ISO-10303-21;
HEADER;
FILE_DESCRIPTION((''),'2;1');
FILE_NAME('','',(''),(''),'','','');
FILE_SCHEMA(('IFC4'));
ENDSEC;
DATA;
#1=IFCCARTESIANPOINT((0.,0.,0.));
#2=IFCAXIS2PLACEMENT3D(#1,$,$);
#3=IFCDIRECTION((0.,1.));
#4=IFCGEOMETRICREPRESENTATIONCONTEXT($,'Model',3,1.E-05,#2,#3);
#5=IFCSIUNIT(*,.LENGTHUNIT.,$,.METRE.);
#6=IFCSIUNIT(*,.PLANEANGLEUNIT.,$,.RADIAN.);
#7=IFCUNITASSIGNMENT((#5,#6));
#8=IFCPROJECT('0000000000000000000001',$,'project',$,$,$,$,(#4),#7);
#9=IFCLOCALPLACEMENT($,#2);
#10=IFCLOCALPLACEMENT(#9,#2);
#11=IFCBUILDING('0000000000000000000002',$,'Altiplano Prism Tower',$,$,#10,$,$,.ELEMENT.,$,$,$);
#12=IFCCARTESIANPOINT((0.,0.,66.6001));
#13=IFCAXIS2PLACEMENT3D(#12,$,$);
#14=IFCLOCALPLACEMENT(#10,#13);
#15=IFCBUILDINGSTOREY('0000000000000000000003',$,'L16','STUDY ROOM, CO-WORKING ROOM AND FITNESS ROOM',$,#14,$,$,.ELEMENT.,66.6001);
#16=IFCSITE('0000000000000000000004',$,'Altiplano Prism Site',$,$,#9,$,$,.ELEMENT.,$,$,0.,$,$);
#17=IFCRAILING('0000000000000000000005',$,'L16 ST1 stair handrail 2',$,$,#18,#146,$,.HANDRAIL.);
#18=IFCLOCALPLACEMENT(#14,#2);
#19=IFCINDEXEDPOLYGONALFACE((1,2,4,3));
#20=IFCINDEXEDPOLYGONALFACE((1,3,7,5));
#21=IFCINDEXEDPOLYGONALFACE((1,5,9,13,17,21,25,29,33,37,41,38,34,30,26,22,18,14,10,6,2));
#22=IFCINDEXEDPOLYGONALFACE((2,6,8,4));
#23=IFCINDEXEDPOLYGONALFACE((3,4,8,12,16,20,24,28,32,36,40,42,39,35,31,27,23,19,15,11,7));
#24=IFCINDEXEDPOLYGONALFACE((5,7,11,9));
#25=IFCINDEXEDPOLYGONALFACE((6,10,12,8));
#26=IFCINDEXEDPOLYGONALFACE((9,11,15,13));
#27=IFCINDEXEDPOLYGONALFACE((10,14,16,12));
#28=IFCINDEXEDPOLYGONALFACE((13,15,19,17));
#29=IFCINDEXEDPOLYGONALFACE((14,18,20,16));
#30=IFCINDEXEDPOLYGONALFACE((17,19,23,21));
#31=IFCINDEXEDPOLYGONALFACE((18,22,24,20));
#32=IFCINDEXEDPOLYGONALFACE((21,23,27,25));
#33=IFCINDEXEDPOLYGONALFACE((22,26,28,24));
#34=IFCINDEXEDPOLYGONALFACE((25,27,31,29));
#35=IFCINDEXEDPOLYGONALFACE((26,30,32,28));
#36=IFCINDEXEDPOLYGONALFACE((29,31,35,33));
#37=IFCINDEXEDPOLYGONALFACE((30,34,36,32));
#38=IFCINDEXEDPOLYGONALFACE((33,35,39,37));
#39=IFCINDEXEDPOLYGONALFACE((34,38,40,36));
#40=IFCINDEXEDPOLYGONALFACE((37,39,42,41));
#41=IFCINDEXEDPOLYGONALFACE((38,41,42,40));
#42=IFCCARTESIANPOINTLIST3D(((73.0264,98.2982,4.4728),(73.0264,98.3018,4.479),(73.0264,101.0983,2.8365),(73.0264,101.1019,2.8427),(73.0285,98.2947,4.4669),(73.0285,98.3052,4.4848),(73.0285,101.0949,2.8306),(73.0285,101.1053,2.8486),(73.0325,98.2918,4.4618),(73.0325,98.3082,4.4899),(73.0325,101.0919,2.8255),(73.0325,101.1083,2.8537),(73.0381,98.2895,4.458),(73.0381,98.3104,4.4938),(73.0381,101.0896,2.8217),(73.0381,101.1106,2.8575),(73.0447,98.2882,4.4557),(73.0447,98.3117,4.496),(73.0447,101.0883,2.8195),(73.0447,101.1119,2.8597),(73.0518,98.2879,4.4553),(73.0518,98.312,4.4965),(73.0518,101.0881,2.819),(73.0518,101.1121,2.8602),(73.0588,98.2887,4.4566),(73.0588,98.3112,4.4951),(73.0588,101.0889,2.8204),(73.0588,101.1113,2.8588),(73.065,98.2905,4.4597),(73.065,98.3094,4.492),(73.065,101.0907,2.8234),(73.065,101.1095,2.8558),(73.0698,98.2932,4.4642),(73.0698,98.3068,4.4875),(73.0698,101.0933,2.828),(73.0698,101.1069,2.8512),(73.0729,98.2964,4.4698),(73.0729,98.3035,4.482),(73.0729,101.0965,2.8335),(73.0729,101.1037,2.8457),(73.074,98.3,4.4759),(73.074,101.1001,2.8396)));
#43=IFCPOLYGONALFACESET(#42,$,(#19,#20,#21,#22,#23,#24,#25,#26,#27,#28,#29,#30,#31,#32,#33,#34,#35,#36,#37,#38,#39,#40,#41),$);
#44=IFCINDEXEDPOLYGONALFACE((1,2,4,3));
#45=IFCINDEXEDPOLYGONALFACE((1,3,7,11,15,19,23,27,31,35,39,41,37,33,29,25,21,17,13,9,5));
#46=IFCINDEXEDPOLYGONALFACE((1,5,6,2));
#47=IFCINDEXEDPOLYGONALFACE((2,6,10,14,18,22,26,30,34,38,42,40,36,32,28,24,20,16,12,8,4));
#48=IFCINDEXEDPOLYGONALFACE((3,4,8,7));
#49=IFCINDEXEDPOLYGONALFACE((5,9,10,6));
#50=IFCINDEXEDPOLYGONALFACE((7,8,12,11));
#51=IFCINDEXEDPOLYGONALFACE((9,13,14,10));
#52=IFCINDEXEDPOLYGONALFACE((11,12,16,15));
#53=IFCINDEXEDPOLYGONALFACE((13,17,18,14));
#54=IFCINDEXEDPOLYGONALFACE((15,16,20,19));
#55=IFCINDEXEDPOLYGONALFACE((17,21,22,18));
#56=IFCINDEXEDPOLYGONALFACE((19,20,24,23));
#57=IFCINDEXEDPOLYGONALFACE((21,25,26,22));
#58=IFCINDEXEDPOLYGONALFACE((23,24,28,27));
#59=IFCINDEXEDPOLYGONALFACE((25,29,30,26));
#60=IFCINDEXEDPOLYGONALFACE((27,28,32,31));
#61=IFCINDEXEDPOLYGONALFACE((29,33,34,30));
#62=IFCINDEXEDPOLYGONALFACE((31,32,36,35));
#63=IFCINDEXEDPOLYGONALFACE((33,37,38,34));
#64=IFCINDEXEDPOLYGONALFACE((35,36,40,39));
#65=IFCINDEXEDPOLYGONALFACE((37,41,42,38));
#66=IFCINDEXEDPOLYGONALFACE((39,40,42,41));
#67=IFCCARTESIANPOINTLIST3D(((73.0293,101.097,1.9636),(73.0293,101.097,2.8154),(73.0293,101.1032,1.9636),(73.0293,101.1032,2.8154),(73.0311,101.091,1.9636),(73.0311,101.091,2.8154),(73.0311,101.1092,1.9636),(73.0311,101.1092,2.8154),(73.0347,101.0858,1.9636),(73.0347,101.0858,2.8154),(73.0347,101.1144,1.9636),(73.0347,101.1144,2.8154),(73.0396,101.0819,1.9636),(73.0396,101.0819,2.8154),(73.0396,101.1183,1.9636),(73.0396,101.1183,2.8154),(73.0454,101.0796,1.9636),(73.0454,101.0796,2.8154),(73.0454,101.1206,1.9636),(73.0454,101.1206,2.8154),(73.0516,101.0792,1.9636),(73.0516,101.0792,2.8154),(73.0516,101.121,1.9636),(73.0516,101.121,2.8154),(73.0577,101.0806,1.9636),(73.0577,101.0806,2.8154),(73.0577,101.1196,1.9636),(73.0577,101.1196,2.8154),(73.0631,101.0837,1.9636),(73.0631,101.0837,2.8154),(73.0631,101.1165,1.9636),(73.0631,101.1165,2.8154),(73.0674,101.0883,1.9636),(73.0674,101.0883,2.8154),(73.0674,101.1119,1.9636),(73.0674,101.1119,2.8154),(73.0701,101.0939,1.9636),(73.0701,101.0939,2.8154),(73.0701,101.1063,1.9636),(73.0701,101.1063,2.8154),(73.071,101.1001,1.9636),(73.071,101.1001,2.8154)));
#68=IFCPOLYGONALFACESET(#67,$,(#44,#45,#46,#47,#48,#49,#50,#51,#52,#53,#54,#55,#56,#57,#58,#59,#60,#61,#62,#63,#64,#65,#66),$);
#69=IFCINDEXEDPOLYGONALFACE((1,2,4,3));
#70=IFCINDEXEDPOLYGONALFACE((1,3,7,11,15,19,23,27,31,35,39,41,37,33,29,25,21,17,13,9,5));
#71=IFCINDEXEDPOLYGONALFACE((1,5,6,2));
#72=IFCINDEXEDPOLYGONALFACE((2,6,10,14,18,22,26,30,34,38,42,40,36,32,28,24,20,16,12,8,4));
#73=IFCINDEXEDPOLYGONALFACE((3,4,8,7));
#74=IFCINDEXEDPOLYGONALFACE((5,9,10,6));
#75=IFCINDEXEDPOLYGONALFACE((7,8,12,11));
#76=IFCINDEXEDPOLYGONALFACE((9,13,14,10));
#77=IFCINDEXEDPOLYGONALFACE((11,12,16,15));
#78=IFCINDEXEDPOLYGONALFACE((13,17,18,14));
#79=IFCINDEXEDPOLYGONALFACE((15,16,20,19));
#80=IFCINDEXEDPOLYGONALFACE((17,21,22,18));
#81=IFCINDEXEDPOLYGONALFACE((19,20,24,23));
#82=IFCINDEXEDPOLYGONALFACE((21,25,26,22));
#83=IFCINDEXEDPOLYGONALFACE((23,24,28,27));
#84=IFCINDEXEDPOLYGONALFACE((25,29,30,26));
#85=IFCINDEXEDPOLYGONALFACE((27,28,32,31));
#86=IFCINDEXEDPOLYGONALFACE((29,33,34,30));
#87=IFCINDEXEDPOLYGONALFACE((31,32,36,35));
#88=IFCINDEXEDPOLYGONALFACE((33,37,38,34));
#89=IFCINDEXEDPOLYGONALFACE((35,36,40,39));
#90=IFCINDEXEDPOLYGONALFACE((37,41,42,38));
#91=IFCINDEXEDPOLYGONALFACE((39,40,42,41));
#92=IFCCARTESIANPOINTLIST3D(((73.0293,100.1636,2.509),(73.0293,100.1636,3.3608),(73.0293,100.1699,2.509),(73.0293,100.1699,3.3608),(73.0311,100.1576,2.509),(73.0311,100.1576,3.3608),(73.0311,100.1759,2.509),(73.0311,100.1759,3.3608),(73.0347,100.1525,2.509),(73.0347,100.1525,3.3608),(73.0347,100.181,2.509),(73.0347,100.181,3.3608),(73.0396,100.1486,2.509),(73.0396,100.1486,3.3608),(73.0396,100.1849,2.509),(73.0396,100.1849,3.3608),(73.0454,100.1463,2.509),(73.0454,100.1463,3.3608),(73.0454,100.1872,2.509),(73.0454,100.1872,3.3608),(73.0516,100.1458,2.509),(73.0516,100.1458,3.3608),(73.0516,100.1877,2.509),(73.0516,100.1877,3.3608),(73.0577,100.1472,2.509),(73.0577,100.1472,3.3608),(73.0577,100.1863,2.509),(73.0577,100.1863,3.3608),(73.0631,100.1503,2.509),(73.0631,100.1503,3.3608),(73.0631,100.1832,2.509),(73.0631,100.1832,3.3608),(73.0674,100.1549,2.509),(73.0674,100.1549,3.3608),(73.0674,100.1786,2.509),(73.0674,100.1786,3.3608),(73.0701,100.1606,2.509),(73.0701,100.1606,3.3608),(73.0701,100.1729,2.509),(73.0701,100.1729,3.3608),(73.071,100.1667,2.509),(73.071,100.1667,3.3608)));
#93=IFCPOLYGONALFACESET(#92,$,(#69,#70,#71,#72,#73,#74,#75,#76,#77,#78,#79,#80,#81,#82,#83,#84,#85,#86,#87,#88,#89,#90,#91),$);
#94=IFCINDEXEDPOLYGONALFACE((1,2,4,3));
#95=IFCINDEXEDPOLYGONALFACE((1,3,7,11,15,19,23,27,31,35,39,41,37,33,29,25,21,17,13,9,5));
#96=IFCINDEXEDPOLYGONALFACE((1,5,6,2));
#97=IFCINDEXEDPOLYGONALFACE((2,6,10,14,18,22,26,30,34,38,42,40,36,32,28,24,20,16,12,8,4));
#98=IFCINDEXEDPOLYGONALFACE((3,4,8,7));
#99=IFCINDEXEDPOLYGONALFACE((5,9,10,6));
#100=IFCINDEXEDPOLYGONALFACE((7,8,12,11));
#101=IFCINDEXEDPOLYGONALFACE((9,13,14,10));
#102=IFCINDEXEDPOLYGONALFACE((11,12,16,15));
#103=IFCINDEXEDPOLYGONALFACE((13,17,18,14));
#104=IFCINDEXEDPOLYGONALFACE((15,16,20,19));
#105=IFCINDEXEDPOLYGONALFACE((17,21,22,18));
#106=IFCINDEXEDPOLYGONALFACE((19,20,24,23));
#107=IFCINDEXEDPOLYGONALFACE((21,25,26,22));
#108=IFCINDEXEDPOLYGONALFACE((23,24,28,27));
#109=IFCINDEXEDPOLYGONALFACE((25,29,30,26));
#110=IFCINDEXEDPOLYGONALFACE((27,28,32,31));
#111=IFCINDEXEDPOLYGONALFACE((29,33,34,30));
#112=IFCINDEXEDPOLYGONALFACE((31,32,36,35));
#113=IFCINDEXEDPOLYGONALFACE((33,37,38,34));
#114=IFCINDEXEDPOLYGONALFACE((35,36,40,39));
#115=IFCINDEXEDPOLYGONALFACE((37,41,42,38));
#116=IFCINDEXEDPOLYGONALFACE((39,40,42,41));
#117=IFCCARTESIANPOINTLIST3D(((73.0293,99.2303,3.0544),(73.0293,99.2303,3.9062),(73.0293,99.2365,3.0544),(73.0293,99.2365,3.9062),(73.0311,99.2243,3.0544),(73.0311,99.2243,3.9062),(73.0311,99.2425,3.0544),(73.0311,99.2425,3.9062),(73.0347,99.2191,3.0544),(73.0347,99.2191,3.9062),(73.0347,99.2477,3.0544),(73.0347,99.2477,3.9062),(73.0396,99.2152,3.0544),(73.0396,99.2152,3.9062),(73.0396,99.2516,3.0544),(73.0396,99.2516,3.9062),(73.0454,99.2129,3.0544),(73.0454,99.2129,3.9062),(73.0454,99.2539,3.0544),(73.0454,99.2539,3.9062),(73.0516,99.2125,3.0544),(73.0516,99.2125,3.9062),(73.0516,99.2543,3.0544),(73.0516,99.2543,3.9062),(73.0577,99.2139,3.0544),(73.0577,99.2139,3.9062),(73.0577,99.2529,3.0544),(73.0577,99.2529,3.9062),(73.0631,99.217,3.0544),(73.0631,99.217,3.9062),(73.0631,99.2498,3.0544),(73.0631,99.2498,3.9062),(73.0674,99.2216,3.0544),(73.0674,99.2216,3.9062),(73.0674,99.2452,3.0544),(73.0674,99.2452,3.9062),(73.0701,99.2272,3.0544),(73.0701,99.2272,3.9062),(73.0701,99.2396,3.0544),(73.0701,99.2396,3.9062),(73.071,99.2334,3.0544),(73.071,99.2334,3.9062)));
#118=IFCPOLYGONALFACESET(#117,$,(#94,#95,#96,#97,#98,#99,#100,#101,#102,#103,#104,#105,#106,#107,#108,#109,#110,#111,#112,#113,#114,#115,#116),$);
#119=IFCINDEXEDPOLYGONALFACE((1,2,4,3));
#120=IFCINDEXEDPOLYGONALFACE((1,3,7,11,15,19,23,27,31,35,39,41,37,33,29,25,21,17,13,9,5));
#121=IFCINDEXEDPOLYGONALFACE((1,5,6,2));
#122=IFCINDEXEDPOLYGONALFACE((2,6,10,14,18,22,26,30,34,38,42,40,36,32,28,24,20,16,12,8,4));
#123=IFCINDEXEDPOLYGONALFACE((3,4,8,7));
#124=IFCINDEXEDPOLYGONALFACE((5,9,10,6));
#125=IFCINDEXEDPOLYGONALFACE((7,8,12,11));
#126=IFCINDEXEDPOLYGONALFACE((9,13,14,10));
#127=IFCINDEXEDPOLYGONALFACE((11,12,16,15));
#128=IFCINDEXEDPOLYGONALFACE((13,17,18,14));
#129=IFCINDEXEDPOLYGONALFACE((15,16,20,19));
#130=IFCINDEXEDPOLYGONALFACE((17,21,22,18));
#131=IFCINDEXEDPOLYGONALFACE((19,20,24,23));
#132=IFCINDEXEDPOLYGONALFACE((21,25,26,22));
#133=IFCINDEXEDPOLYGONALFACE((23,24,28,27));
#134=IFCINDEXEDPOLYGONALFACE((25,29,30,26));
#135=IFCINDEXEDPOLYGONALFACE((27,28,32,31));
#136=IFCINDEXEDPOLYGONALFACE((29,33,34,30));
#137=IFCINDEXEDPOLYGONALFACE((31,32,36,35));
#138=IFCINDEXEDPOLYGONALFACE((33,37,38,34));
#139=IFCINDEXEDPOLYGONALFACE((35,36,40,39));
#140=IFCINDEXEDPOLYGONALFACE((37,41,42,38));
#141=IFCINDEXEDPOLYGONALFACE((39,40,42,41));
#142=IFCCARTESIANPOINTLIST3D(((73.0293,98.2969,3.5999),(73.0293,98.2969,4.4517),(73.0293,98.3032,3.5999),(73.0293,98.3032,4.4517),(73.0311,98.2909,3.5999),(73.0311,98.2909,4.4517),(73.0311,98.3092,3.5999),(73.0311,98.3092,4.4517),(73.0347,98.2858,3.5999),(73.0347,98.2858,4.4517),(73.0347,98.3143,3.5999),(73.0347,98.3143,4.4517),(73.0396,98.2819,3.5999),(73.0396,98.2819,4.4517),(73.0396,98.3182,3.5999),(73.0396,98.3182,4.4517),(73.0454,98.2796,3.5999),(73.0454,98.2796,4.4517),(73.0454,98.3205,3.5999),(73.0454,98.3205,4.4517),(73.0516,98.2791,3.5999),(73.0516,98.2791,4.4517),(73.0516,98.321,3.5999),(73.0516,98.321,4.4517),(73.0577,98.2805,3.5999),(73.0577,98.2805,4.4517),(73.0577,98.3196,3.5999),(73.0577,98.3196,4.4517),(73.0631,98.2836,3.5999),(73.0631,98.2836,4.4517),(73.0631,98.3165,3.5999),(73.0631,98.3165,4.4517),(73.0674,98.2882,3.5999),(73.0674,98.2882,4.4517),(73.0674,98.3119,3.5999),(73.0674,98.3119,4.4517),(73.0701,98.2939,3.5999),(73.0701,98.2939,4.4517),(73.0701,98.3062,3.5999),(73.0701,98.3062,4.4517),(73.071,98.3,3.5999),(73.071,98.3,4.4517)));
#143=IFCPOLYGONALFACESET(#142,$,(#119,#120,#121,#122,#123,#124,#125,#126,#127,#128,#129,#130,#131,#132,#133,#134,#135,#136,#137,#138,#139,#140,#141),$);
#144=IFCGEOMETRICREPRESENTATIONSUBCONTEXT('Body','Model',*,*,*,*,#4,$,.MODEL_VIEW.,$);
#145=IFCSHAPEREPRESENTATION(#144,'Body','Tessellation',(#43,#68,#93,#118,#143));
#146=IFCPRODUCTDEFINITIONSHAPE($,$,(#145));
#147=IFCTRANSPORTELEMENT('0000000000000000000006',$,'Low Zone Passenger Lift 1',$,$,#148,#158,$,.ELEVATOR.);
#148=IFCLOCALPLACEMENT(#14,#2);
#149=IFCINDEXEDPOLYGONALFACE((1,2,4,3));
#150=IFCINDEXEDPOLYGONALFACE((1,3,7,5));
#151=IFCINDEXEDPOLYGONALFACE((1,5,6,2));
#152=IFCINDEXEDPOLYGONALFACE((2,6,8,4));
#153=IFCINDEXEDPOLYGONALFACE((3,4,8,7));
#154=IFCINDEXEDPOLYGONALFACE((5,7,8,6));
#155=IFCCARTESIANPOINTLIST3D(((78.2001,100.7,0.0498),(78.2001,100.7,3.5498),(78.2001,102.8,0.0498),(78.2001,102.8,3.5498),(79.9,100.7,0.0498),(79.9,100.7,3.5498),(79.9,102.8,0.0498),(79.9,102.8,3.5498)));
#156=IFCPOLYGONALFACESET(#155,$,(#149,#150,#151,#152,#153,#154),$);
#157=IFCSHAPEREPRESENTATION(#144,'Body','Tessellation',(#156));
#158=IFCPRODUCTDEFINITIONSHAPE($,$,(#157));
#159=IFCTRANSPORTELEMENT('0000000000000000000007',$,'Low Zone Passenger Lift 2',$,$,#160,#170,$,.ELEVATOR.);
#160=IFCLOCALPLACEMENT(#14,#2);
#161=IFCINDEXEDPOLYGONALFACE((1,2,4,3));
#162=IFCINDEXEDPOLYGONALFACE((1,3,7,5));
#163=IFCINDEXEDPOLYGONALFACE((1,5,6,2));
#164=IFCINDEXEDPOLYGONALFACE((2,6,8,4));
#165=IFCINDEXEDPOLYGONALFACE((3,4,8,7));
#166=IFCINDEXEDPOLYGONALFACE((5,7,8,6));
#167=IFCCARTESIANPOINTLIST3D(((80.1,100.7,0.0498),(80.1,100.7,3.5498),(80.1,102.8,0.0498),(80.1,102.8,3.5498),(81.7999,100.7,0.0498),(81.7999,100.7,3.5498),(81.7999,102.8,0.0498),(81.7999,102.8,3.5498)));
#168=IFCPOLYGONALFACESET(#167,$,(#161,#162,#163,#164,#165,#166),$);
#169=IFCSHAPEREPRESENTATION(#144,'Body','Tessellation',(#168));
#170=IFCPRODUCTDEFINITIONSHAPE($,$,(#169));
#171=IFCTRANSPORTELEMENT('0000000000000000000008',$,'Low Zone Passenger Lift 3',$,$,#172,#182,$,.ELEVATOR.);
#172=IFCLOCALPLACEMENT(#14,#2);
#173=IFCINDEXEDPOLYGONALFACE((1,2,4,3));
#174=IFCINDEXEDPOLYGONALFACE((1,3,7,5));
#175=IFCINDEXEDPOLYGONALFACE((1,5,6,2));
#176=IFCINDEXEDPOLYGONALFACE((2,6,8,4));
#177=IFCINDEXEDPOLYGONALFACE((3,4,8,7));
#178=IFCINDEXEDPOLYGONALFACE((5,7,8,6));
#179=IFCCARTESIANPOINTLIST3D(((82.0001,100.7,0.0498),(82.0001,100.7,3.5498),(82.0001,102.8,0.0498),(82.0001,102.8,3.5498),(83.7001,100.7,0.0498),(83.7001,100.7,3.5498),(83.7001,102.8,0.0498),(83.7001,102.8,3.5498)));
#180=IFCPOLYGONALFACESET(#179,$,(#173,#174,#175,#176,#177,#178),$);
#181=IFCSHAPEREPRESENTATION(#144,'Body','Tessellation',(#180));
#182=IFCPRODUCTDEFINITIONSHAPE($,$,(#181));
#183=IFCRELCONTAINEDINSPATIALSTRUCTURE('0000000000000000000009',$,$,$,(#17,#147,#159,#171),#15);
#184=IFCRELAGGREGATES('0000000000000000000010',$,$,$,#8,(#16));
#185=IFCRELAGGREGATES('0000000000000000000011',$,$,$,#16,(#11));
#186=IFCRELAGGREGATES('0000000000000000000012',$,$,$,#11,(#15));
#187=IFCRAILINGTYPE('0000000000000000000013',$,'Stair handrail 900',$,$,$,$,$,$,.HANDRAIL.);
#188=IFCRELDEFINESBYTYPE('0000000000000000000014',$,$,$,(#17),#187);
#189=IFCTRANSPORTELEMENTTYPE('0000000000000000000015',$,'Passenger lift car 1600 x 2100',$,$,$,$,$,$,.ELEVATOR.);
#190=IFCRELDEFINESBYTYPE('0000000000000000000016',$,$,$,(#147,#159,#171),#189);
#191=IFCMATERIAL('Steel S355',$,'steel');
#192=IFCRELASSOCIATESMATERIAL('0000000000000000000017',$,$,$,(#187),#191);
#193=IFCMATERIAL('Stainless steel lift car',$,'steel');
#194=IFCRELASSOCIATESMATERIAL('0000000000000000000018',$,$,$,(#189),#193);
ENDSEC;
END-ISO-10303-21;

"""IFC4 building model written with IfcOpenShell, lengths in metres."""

from ifc_helpers import new_model, si_unit, direction, frame, origin, origin_2d, place, context, subcontext, project, spatial, rectangle, circle, extrude, material, type_object, element, save


model = new_model("IFC4")

# Units and contexts
model_context = context("Model", 3, precision=1e-05, world=origin(), true_north=direction((0.0, 1.0)))
body_context = subcontext(model_context, "Body", "Model", "MODEL_VIEW")
ifc_project = project(units=[si_unit("LENGTHUNIT", "METRE"), si_unit("PLANEANGLEUNIT", "RADIAN")], contexts=[model_context])

# Site, building, storey
site_placement = place(None, origin())
site = spatial("IfcSite", under=ifc_project, at=site_placement, Name="Altiplano Prism Site", CompositionType="ELEMENT", RefElevation=0.0)
building_placement = place(site_placement, origin())
building = spatial("IfcBuilding", under=site, at=building_placement, Name="Altiplano Prism Tower", CompositionType="ELEMENT")
storey_placement = place(building_placement, frame((0.0, 0.0, 66.6001)))
storey = spatial("IfcBuildingStorey", under=building, at=storey_placement, Name="L16", Description="STUDY ROOM, CO-WORKING ROOM AND FITNESS ROOM", CompositionType="ELEMENT", Elevation=66.6001)

# Shared definitions
ifc_material_1 = material(Name="Steel S355", Category="steel")

# Railing
railing_type = type_object("IfcRailingType", Name="Stair handrail 900", PredefinedType="HANDRAIL", material=ifc_material_1)
railing_placement = place(storey_placement, frame((73.05, 101.1001, 1.9636)))
element("IfcRailing", 1, at=railing_placement, inside=storey, type_object=railing_type, Name="L16 ST1 stair handrail 2", PredefinedType="HANDRAIL", context=body_context, shape_type="SweptSolid", body=[
    extrude(circle(Radius=0.0239, at=origin_2d()), frame((0.0, 0.0, 0.876), z_axis=(0.0, -0.863394, 0.504531), x_axis=(1.0, 0.0, 0.0)), (0.0, 0.0, 1.0), 3.2432),
    extrude(circle(Radius=0.021, at=origin_2d()), origin(), (0.0, 0.0, 1.0), 0.8518),
    extrude(circle(Radius=0.021, at=origin_2d()), frame((0.0, -0.9333, 0.5454)), (0.0, 0.0, 1.0), 0.8518),
    extrude(circle(Radius=0.021, at=origin_2d()), frame((0.0, -1.8667, 1.0908)), (0.0, 0.0, 1.0), 0.8518),
    extrude(circle(Radius=0.021, at=origin_2d()), frame((0.0, -2.8, 1.6362)), (0.0, 0.0, 1.0), 0.8518),
])

# Transport elements
ifc_material_2 = material(Name="Stainless steel lift car", Category="steel")
transport_element_type = type_object("IfcTransportElementType", Name="Passenger lift car 1600 x 2100", PredefinedType="ELEVATOR", material=ifc_material_2)
for number, where, z_axis, x_axis, name in (
    (2, (79.05, 101.75, 0.0498), (0.0, 0.0, 1.0), (1.0, 0.0, 0.0), "Low Zone Passenger Lift 1"),
    (3, (80.95, 101.75, 0.0498), (0.0, 0.0, 1.0), (1.0, 0.0, 0.0), "Low Zone Passenger Lift 2"),
    (4, (82.8501, 101.75, 0.0498), (0.0, 0.0, 1.0), (1.0, 0.0, 0.0), "Low Zone Passenger Lift 3"),
):
    element("IfcTransportElement", number, at=place(storey_placement, frame(where, z_axis=z_axis, x_axis=x_axis)), inside=storey, type_object=transport_element_type, Name=name, PredefinedType="ELEVATOR", context=body_context, shape_type="SweptSolid", body=[
        extrude(rectangle(XDim=1.7, YDim=2.1001, at=origin_2d()), origin(), (0.0, 0.0, 1.0), 3.5),
    ])

save(model, "model.ifc")
